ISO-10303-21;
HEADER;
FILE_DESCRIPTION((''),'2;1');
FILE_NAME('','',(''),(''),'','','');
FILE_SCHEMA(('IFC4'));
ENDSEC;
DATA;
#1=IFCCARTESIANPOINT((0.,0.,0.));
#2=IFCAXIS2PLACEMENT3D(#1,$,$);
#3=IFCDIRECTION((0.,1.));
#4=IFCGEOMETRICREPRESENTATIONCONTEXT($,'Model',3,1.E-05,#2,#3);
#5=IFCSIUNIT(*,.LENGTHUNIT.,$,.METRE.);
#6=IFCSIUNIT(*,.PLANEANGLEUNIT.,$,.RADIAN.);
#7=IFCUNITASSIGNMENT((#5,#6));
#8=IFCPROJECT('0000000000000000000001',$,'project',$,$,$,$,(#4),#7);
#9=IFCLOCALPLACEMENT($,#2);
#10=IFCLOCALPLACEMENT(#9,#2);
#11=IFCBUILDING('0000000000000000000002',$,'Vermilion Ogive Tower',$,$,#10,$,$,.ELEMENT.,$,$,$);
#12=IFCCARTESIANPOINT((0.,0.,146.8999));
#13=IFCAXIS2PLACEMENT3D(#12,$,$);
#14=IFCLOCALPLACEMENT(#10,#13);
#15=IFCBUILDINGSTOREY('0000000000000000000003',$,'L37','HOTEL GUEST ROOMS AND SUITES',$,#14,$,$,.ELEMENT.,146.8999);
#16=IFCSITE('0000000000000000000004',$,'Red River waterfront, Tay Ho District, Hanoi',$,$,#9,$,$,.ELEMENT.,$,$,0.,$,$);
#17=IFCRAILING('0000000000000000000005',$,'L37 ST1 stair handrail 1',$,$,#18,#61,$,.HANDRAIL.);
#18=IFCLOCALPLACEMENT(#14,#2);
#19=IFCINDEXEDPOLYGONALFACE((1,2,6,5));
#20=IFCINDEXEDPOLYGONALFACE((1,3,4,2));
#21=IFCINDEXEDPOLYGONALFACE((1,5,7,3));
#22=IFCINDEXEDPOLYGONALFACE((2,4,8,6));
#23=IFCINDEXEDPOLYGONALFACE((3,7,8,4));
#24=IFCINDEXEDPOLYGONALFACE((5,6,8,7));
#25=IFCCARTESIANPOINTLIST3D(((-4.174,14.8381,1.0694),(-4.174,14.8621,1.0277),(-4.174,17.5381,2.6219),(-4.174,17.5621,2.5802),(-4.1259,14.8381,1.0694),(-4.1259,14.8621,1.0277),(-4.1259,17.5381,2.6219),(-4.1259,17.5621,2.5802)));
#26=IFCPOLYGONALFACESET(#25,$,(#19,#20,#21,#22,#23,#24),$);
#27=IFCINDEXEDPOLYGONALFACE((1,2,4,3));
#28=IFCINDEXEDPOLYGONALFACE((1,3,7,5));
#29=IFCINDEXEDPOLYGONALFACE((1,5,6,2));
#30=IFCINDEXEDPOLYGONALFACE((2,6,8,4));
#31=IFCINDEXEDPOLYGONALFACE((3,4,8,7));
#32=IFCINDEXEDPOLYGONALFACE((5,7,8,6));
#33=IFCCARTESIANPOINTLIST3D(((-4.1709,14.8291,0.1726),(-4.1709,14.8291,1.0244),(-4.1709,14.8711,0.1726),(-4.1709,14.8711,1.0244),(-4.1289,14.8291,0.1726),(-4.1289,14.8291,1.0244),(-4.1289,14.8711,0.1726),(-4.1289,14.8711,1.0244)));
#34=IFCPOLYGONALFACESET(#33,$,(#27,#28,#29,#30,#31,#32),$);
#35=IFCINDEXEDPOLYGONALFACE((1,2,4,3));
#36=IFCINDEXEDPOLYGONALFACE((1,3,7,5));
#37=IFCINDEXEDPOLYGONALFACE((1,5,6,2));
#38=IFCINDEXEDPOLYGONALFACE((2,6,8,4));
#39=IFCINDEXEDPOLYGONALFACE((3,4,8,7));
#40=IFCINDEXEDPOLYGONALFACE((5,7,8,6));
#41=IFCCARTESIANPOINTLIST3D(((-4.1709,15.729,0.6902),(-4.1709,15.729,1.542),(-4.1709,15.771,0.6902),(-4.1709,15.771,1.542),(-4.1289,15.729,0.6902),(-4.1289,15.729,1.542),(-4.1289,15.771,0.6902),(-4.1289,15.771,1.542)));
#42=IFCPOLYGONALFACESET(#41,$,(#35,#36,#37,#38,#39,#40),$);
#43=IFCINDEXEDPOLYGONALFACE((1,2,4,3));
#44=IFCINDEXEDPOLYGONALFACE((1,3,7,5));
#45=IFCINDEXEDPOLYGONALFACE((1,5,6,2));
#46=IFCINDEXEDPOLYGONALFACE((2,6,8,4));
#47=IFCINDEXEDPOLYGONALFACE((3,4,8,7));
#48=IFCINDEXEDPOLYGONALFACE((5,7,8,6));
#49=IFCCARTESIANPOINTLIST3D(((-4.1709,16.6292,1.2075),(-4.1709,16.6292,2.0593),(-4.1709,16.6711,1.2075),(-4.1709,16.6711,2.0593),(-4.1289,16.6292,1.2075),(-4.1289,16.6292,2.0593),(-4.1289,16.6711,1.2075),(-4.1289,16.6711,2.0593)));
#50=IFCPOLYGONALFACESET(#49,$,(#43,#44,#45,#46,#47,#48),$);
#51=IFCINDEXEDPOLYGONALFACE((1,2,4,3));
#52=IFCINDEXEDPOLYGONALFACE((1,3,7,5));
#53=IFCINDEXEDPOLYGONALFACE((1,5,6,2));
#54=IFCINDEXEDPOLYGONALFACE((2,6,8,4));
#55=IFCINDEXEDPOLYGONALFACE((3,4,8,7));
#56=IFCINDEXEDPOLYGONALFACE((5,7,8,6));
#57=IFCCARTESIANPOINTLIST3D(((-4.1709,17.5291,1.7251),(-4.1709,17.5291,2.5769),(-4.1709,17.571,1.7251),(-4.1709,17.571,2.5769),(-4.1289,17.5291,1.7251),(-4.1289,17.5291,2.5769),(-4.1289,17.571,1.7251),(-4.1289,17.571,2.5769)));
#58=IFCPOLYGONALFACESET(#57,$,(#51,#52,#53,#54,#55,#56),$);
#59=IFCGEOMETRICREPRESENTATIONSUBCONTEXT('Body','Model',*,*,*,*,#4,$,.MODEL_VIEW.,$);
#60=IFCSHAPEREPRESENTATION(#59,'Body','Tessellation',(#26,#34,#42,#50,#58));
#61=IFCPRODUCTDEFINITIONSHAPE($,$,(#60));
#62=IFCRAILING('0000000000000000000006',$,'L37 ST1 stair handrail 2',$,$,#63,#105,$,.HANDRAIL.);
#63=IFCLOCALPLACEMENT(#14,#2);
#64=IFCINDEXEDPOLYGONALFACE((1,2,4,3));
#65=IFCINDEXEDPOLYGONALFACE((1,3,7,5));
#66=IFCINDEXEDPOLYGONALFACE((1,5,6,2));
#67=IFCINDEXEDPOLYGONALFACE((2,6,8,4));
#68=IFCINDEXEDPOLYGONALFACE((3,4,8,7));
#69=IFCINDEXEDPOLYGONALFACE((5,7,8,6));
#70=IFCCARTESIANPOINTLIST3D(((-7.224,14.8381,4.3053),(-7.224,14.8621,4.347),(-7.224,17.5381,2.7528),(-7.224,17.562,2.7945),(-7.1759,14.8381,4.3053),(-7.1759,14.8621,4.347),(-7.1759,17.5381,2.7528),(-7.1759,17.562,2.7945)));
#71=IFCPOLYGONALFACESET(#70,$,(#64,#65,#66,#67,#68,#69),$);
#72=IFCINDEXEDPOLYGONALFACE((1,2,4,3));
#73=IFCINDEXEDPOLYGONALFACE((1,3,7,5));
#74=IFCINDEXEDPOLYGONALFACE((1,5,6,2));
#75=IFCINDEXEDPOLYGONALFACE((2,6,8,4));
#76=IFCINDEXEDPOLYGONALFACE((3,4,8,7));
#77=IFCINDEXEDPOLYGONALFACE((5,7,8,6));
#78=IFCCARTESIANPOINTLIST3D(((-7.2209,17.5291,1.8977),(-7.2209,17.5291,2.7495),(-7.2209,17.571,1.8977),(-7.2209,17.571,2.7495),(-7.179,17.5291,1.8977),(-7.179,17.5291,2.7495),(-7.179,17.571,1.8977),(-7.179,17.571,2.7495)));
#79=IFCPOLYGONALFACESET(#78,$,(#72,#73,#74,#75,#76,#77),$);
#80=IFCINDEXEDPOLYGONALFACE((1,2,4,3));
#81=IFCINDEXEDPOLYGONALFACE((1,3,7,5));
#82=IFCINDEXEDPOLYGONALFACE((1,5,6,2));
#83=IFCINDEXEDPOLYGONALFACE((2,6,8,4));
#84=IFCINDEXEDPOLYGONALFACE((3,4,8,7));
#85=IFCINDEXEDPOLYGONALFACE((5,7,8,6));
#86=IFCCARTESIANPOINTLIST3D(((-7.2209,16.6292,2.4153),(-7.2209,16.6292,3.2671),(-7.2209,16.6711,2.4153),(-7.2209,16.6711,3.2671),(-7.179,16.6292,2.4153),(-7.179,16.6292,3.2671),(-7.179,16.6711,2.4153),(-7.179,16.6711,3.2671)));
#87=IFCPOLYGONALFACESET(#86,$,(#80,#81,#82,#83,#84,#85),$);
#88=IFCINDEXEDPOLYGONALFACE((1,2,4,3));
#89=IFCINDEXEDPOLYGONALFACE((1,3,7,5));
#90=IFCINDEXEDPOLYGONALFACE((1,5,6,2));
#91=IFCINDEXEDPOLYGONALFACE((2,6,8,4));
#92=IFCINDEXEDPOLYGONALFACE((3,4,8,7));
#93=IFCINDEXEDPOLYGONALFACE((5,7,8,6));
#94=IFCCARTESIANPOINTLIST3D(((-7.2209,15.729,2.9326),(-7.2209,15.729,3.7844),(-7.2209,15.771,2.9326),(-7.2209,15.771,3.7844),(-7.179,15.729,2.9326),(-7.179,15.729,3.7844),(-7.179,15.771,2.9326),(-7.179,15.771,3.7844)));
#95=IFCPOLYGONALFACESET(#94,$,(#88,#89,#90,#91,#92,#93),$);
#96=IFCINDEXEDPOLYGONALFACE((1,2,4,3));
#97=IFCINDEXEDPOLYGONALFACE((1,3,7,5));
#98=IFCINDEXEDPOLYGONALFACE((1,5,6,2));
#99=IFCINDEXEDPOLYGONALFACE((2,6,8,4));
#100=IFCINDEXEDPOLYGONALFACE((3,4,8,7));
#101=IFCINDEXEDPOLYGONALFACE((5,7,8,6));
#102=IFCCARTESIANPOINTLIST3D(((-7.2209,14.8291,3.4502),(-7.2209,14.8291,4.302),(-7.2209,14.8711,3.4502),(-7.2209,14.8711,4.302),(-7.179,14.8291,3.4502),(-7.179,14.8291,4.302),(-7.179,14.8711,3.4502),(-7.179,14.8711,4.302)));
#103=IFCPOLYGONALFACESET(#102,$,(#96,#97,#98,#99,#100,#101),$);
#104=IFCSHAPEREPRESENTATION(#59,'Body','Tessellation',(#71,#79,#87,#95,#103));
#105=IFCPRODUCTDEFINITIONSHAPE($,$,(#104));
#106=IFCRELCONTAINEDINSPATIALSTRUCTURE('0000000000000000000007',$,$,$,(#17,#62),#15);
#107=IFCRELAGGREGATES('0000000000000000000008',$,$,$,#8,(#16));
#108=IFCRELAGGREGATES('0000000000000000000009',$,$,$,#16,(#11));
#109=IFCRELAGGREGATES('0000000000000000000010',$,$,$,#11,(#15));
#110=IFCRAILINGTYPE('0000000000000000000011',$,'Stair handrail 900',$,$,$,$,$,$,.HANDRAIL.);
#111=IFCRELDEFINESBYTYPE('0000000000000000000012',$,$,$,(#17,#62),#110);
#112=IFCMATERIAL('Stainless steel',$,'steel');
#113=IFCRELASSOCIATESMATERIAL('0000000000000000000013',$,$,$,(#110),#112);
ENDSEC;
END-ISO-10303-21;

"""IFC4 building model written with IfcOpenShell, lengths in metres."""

from ifc_helpers import new_model, si_unit, direction, frame, origin, origin_2d, place, context, subcontext, project, spatial, rectangle, extrude, material, type_object, element, save


model = new_model("IFC4")

# Units and contexts
model_context = context("Model", 3, precision=1e-05, world=origin(), true_north=direction((0.0, 1.0)))
body_context = subcontext(model_context, "Body", "Model", "MODEL_VIEW")
ifc_project = project(units=[si_unit("LENGTHUNIT", "METRE"), si_unit("PLANEANGLEUNIT", "RADIAN")], contexts=[model_context])

# Site, building, storey
site_placement = place(None, origin())
site = spatial("IfcSite", under=ifc_project, at=site_placement, Name="Red River waterfront, Tay Ho District, Hanoi", CompositionType="ELEMENT", RefElevation=0.0)
building_placement = place(site_placement, origin())
building = spatial("IfcBuilding", under=site, at=building_placement, Name="Vermilion Ogive Tower", CompositionType="ELEMENT")
storey_placement = place(building_placement, frame((0.0, 0.0, 146.8999)))
storey = spatial("IfcBuildingStorey", under=building, at=storey_placement, Name="L37", Description="HOTEL GUEST ROOMS AND SUITES", CompositionType="ELEMENT", Elevation=146.8999)

# Railings
ifc_material_1 = material(Name="Stainless steel", Category="steel")
railing_type_1 = type_object("IfcRailingType", Name="Stair handrail 900", PredefinedType="HANDRAIL", material=ifc_material_1)
railing_1_placement = place(storey_placement, frame((-4.1499, 14.8501, 0.1726)))
element("IfcRailing", 1, at=railing_1_placement, inside=storey, type_object=railing_type_1, Name="L37 ST1 stair handrail 1", PredefinedType="HANDRAIL", context=body_context, shape_type="SweptSolid", body=[
    extrude(rectangle(XDim=0.0481, YDim=0.0481, at=origin_2d()), frame((0.0, 0.0, 0.876), z_axis=(0.0, 0.866904, 0.498476), x_axis=(-1.0, 0.0, 0.0)), (0.0, 0.0, 1.0), 3.1145),
    extrude(rectangle(XDim=0.042, YDim=0.042, at=origin_2d()), origin(), (0.0, 0.0, 1.0), 0.8518),
    extrude(rectangle(XDim=0.042, YDim=0.042, at=origin_2d()), frame((0.0, 0.8999, 0.5176)), (0.0, 0.0, 1.0), 0.8518),
    extrude(rectangle(XDim=0.042, YDim=0.042, at=origin_2d()), frame((0.0, 1.8, 1.0349)), (0.0, 0.0, 1.0), 0.8518),
    extrude(rectangle(XDim=0.042, YDim=0.042, at=origin_2d()), frame((0.0, 2.7, 1.5525)), (0.0, 0.0, 1.0), 0.8518),
])
railing_2_placement = place(storey_placement, frame((-7.2, 17.55, 1.8977)))
element("IfcRailing", 2, at=railing_2_placement, inside=storey, type_object=railing_type_1, Name="L37 ST1 stair handrail 2", PredefinedType="HANDRAIL", context=body_context, shape_type="SweptSolid", body=[
    extrude(rectangle(XDim=0.0481, YDim=0.0481, at=origin_2d()), frame((0.0, 0.0, 0.876), z_axis=(0.0, -0.866904, 0.498476), x_axis=(1.0, 0.0, 0.0)), (0.0, 0.0, 1.0), 3.1145),
    extrude(rectangle(XDim=0.042, YDim=0.042, at=origin_2d()), origin(), (0.0, 0.0, 1.0), 0.8518),
    extrude(rectangle(XDim=0.042, YDim=0.042, at=origin_2d()), frame((0.0, -0.8999, 0.5176)), (0.0, 0.0, 1.0), 0.8518),
    extrude(rectangle(XDim=0.042, YDim=0.042, at=origin_2d()), frame((0.0, -1.8, 1.0349)), (0.0, 0.0, 1.0), 0.8518),
    extrude(rectangle(XDim=0.042, YDim=0.042, at=origin_2d()), frame((0.0, -2.7, 1.5525)), (0.0, 0.0, 1.0), 0.8518),
])

save(model, "model.ifc")
